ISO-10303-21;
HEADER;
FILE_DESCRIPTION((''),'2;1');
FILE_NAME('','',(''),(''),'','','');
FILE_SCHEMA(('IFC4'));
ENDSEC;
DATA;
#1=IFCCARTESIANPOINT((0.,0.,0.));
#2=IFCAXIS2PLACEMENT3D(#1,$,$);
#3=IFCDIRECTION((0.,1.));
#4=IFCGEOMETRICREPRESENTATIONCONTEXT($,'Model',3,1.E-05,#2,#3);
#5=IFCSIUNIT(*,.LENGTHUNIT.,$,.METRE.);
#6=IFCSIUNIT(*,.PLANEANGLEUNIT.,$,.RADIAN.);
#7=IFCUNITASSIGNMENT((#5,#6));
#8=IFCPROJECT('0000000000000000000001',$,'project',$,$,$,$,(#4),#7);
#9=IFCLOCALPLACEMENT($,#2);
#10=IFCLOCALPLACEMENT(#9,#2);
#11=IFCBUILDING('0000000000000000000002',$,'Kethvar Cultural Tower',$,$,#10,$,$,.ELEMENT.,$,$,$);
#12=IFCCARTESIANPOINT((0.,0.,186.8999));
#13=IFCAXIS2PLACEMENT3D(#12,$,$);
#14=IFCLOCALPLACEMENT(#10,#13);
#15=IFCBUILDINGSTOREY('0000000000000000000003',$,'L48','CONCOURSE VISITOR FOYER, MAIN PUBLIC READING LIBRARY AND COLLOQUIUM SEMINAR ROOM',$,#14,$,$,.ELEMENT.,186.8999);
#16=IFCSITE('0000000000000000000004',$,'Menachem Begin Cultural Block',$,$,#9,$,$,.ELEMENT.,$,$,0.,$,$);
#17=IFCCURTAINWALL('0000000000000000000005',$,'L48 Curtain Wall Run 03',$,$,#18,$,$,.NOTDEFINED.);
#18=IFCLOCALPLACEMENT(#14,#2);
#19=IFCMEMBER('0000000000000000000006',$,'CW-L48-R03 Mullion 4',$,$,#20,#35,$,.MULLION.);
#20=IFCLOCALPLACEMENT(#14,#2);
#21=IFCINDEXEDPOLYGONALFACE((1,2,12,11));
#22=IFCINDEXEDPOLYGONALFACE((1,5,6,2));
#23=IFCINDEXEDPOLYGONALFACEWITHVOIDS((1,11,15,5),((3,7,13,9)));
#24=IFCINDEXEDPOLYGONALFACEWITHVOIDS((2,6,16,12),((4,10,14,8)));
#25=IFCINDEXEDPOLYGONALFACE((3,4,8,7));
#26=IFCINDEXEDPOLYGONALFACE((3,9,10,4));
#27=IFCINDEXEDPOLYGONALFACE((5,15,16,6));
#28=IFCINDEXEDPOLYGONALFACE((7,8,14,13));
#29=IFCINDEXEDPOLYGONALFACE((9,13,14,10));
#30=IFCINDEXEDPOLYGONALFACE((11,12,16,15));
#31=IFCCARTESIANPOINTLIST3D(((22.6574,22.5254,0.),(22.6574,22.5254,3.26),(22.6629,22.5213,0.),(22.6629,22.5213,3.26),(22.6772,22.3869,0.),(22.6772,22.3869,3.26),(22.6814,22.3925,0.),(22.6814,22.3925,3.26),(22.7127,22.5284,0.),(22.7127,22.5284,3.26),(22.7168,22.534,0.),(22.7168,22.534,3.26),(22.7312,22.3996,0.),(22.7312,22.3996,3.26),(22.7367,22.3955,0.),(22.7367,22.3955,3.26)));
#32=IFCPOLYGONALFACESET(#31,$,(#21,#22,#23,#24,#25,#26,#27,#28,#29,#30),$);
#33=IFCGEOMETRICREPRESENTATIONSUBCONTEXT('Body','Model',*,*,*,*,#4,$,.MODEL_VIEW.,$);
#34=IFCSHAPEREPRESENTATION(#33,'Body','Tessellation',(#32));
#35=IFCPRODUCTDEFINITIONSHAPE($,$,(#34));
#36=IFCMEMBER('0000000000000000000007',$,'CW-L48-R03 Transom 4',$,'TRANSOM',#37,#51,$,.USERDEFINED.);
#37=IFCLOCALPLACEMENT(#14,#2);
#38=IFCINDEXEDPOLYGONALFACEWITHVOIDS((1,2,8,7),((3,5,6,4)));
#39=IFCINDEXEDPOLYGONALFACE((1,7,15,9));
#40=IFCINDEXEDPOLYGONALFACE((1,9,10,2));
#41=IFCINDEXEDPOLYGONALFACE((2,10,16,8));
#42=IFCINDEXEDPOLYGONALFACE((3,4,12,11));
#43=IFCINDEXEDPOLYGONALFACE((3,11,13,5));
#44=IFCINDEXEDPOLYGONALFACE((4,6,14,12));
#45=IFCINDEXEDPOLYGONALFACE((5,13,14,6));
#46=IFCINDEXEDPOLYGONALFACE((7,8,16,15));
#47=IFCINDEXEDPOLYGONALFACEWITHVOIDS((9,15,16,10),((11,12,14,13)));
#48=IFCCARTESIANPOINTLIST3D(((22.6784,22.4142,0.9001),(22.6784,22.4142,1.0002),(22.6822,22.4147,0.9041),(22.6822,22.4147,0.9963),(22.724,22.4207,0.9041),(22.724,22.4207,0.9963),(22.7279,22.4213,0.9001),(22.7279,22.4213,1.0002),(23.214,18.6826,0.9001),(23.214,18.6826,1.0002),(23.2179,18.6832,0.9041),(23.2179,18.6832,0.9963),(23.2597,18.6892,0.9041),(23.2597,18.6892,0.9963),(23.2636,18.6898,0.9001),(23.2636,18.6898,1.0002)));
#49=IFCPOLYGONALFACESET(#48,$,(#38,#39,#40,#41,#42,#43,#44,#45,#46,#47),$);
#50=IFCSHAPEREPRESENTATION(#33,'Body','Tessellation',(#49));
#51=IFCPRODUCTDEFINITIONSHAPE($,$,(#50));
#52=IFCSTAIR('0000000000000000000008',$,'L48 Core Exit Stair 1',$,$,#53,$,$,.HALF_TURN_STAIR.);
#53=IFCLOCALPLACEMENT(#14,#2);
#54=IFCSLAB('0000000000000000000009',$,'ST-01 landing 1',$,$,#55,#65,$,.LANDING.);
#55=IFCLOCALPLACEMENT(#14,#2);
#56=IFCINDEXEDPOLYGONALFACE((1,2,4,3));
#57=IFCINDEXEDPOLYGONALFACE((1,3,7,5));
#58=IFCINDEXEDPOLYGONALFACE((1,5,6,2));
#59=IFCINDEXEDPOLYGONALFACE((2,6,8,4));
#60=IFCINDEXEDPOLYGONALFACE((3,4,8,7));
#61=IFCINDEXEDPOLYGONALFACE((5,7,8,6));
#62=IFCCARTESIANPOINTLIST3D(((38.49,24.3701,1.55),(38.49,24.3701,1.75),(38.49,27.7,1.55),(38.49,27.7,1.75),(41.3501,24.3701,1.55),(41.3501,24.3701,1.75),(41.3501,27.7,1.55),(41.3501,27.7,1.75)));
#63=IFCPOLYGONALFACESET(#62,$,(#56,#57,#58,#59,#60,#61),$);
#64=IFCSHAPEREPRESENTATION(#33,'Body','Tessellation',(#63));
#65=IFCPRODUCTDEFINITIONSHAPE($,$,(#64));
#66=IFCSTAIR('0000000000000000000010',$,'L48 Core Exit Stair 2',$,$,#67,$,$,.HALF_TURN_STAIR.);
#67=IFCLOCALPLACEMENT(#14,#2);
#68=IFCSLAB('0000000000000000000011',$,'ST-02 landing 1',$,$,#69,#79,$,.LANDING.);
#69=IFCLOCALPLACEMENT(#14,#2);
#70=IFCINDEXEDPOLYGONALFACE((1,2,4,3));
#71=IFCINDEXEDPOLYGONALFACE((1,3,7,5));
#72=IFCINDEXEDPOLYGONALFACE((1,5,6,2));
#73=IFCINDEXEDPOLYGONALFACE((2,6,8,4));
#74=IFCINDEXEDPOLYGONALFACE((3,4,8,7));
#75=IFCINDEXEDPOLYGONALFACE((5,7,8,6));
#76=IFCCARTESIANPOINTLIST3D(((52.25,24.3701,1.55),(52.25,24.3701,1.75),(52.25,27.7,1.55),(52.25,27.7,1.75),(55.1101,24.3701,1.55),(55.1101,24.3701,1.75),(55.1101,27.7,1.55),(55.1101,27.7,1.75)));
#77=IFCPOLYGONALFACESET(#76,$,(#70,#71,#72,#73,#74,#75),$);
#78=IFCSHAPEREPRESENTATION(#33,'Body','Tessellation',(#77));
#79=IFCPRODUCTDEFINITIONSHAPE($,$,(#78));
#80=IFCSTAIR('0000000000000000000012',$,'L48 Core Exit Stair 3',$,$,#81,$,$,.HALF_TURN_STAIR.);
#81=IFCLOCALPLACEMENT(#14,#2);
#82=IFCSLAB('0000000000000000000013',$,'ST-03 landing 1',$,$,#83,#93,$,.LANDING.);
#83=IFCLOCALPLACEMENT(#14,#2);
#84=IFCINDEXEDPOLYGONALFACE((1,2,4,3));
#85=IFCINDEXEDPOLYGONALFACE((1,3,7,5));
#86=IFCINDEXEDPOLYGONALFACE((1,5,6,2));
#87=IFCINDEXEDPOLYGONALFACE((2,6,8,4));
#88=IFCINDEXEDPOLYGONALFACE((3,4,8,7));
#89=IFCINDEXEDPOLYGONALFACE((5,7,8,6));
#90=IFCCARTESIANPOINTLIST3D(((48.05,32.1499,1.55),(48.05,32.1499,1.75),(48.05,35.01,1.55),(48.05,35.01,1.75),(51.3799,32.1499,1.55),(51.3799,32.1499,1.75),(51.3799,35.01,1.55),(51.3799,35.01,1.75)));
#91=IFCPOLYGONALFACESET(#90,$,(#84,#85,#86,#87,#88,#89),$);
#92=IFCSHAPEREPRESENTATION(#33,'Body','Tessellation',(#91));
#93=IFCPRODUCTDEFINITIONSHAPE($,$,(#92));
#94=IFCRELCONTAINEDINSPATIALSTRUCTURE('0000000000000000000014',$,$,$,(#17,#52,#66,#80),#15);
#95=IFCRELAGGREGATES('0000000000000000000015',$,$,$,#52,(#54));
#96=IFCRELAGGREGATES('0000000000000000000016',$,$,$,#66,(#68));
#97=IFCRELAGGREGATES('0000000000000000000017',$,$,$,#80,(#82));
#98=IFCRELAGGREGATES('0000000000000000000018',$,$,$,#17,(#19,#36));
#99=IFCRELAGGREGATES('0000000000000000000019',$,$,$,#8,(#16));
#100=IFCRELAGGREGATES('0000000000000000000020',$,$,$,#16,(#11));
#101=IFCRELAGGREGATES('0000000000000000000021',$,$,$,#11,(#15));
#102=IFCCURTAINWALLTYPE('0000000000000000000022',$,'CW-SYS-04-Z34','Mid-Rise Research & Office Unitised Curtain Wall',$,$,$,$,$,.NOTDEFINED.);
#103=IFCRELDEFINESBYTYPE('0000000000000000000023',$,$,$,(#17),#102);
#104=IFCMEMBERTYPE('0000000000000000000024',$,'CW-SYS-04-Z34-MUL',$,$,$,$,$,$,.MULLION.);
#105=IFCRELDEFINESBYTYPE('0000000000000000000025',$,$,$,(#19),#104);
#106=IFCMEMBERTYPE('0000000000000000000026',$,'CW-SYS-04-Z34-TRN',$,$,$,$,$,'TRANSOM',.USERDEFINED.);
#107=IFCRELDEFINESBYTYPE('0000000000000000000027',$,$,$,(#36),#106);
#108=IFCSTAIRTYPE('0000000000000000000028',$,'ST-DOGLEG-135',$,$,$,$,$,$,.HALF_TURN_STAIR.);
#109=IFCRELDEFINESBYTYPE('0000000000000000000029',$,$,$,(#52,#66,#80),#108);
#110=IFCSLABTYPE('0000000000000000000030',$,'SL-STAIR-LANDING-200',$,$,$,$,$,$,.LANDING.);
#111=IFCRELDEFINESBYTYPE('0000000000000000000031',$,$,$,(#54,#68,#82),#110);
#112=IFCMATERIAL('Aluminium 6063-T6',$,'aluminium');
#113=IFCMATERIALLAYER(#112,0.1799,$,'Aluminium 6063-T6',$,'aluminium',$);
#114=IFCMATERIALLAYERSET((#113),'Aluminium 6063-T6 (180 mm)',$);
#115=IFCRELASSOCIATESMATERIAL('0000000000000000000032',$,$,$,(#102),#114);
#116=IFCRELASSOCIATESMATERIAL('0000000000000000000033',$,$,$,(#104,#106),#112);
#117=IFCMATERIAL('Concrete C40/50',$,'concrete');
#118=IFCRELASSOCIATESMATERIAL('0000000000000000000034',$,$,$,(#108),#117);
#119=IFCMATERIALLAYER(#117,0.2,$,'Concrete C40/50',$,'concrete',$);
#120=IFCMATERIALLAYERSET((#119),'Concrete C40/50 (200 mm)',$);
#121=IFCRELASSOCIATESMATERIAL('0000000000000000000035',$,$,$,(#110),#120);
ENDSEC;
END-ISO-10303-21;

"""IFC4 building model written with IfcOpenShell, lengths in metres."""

from ifc_helpers import new_model, si_unit, direction, frame, origin, origin_2d, place, context, subcontext, project, spatial, polyline, hollow_rectangle, outline, extrude, source, transform, mapped, material, layer, layer_set, material_profile, profile_set, type_object, element, aggregate, save


model = new_model("IFC4")

# Units and contexts
model_context = context("Model", 3, precision=1e-05, world=origin(), true_north=direction((0.0, 1.0)))
body_context = subcontext(model_context, "Body", "Model", "MODEL_VIEW")
ifc_project = project(units=[si_unit("LENGTHUNIT", "METRE"), si_unit("PLANEANGLEUNIT", "RADIAN")], contexts=[model_context])

# Site, building, storey
site_placement = place(None, origin())
site = spatial("IfcSite", under=ifc_project, at=site_placement, Name="Menachem Begin Cultural Block", CompositionType="ELEMENT", RefElevation=0.0)
building_placement = place(site_placement, origin())
building = spatial("IfcBuilding", under=site, at=building_placement, Name="Kethvar Cultural Tower", CompositionType="ELEMENT")
storey_placement = place(building_placement, frame((0.0, 0.0, 186.8999)))
storey = spatial("IfcBuildingStorey", under=building, at=storey_placement, Name="L48", Description="CONCOURSE VISITOR FOYER, MAIN PUBLIC READING LIBRARY AND COLLOQUIUM SEMINAR ROOM", CompositionType="ELEMENT", Elevation=186.8999)

# Curtain wall, members
ifc_material_1 = material(Name="Aluminium 6063-T6", Category="aluminium")
ifc_layer_1 = layer(ifc_material_1, 0.1799, Name="Aluminium 6063-T6", Category="aluminium")
ifc_layer_set_1 = layer_set([ifc_layer_1], Name="Aluminium 6063-T6 (180 mm)")
curtain_wall_type = type_object("IfcCurtainWallType", Name="CW-SYS-04-Z34", Description="Mid-Rise Research & Office Unitised Curtain Wall", PredefinedType="NOTDEFINED", material=ifc_layer_set_1)
curtain_wall_placement = place(storey_placement, origin())
curtain_wall = element("IfcCurtainWall", 1, at=curtain_wall_placement, inside=storey, type_object=curtain_wall_type, Name="L48 Curtain Wall Run 03", PredefinedType="NOTDEFINED")
ifc_material_profile_1 = material_profile(ifc_material_1, hollow_rectangle(XDim=0.0601, YDim=0.1399, WallThickness=0.0049, at=origin_2d()), Name="Aluminium 6063-T6 — RHS140x60x5")
ifc_profile_set_1 = profile_set([ifc_material_profile_1], Name="Aluminium 6063-T6 — RHS140x60x5")
member_type_1 = type_object("IfcMemberType", Name="CW-SYS-04-Z34-MUL", PredefinedType="MULLION", material=ifc_profile_set_1)
shared_shape_1 = source(origin(), body_context, "Body", "SweptSolid", [
    extrude(hollow_rectangle(XDim=0.0601, YDim=0.1399, WallThickness=0.0049, at=origin_2d()), origin(), (0.0, 0.0, 1.0), 3.26),
])
member_1_placement = place(storey_placement, frame((22.697, 22.4604, 0.0), z_axis=(0.0, 0.0, 1.0), x_axis=(0.989858, 0.142059, 0.0)))
member_1 = element("IfcMember", 2, at=member_1_placement, type_object=member_type_1, Name="CW-L48-R03 Mullion 4", PredefinedType="MULLION", context=body_context, shape_type="MappedRepresentation", body=[
    mapped(shared_shape_1, transform((0.0, 0.0, 0.0), scale=1.0)),
])
ifc_material_profile_2 = material_profile(ifc_material_1, hollow_rectangle(XDim=0.05, YDim=0.1001, WallThickness=0.0039, at=origin_2d()), Name="Aluminium 6063-T6 — RHS100x50x4")
ifc_profile_set_2 = profile_set([ifc_material_profile_2], Name="Aluminium 6063-T6 — RHS100x50x4")
member_type_2 = type_object("IfcMemberType", Name="CW-SYS-04-Z34-TRN", ElementType="TRANSOM", PredefinedType="USERDEFINED", material=ifc_profile_set_2)
shared_shape_2 = source(origin(), body_context, "Body", "SweptSolid", [
    extrude(hollow_rectangle(XDim=0.05, YDim=0.1001, WallThickness=0.0039, at=origin_2d()), origin(), (0.0, 0.0, 1.0), 3.7698),
])
member_2_placement = place(storey_placement, frame((22.7031, 22.4177, 0.9502), z_axis=(0.142092, -0.989853, 0.0), x_axis=(0.989853, 0.142092, 0.0)))
member_2 = element("IfcMember", 3, at=member_2_placement, type_object=member_type_2, Name="CW-L48-R03 Transom 4", ObjectType="TRANSOM", PredefinedType="USERDEFINED", context=body_context, shape_type="MappedRepresentation", body=[
    mapped(shared_shape_2, transform((0.0, 0.0, 0.0), scale=1.0)),
])

# Stairs, slabs
ifc_material_2 = material(Name="Concrete C40/50", Category="concrete")
stair_type = type_object("IfcStairType", Name="ST-DOGLEG-135", PredefinedType="HALF_TURN_STAIR", material=ifc_material_2)
stair_1_placement = place(storey_placement, origin())
stair_1 = element("IfcStair", 4, at=stair_1_placement, inside=storey, type_object=stair_type, Name="L48 Core Exit Stair 1", PredefinedType="HALF_TURN_STAIR")
ifc_layer_2 = layer(ifc_material_2, 0.2, Name="Concrete C40/50", Category="concrete")
ifc_layer_set_2 = layer_set([ifc_layer_2], Name="Concrete C40/50 (200 mm)")
slab_type_1 = type_object("IfcSlabType", Name="SL-STAIR-LANDING-200", PredefinedType="LANDING", material=ifc_layer_set_2)
slab_1_placement = place(storey_placement, frame((0.0, 0.0, 1.55)))
slab_1 = element("IfcSlab", 5, at=slab_1_placement, type_object=slab_type_1, Name="ST-01 landing 1", PredefinedType="LANDING", context=body_context, shape_type="SweptSolid", body=[
    extrude(outline(polyline([(41.3501, 24.3701), (41.3501, 27.7), (38.49, 27.7), (38.49, 24.3701), (41.3501, 24.3701)])), origin(), (0.0, 0.0, 1.0), 0.2),
])
aggregate(stair_1, [slab_1])
stair_2_placement = place(storey_placement, origin())
stair_2 = element("IfcStair", 6, at=stair_2_placement, inside=storey, type_object=stair_type, Name="L48 Core Exit Stair 2", PredefinedType="HALF_TURN_STAIR")
slab_2_placement = place(storey_placement, frame((0.0, 0.0, 1.55)))
slab_2 = element("IfcSlab", 7, at=slab_2_placement, type_object=slab_type_1, Name="ST-02 landing 1", PredefinedType="LANDING", context=body_context, shape_type="SweptSolid", body=[
    extrude(outline(polyline([(55.1101, 24.3701), (55.1101, 27.7), (52.25, 27.7), (52.25, 24.3701), (55.1101, 24.3701)])), origin(), (0.0, 0.0, 1.0), 0.2),
])
aggregate(stair_2, [slab_2])
stair_3_placement = place(storey_placement, origin())
stair_3 = element("IfcStair", 8, at=stair_3_placement, inside=storey, type_object=stair_type, Name="L48 Core Exit Stair 3", PredefinedType="HALF_TURN_STAIR")
slab_3_placement = place(storey_placement, frame((0.0, 0.0, 1.55)))
slab_3 = element("IfcSlab", 9, at=slab_3_placement, type_object=slab_type_1, Name="ST-03 landing 1", PredefinedType="LANDING", context=body_context, shape_type="SweptSolid", body=[
    extrude(outline(polyline([(51.3799, 35.01), (48.05, 35.01), (48.05, 32.1499), (51.3799, 32.1499), (51.3799, 35.01)])), origin(), (0.0, 0.0, 1.0), 0.2),
])
aggregate(stair_3, [slab_3])

aggregate(curtain_wall, [member_1, member_2])

save(model, "model.ifc")
